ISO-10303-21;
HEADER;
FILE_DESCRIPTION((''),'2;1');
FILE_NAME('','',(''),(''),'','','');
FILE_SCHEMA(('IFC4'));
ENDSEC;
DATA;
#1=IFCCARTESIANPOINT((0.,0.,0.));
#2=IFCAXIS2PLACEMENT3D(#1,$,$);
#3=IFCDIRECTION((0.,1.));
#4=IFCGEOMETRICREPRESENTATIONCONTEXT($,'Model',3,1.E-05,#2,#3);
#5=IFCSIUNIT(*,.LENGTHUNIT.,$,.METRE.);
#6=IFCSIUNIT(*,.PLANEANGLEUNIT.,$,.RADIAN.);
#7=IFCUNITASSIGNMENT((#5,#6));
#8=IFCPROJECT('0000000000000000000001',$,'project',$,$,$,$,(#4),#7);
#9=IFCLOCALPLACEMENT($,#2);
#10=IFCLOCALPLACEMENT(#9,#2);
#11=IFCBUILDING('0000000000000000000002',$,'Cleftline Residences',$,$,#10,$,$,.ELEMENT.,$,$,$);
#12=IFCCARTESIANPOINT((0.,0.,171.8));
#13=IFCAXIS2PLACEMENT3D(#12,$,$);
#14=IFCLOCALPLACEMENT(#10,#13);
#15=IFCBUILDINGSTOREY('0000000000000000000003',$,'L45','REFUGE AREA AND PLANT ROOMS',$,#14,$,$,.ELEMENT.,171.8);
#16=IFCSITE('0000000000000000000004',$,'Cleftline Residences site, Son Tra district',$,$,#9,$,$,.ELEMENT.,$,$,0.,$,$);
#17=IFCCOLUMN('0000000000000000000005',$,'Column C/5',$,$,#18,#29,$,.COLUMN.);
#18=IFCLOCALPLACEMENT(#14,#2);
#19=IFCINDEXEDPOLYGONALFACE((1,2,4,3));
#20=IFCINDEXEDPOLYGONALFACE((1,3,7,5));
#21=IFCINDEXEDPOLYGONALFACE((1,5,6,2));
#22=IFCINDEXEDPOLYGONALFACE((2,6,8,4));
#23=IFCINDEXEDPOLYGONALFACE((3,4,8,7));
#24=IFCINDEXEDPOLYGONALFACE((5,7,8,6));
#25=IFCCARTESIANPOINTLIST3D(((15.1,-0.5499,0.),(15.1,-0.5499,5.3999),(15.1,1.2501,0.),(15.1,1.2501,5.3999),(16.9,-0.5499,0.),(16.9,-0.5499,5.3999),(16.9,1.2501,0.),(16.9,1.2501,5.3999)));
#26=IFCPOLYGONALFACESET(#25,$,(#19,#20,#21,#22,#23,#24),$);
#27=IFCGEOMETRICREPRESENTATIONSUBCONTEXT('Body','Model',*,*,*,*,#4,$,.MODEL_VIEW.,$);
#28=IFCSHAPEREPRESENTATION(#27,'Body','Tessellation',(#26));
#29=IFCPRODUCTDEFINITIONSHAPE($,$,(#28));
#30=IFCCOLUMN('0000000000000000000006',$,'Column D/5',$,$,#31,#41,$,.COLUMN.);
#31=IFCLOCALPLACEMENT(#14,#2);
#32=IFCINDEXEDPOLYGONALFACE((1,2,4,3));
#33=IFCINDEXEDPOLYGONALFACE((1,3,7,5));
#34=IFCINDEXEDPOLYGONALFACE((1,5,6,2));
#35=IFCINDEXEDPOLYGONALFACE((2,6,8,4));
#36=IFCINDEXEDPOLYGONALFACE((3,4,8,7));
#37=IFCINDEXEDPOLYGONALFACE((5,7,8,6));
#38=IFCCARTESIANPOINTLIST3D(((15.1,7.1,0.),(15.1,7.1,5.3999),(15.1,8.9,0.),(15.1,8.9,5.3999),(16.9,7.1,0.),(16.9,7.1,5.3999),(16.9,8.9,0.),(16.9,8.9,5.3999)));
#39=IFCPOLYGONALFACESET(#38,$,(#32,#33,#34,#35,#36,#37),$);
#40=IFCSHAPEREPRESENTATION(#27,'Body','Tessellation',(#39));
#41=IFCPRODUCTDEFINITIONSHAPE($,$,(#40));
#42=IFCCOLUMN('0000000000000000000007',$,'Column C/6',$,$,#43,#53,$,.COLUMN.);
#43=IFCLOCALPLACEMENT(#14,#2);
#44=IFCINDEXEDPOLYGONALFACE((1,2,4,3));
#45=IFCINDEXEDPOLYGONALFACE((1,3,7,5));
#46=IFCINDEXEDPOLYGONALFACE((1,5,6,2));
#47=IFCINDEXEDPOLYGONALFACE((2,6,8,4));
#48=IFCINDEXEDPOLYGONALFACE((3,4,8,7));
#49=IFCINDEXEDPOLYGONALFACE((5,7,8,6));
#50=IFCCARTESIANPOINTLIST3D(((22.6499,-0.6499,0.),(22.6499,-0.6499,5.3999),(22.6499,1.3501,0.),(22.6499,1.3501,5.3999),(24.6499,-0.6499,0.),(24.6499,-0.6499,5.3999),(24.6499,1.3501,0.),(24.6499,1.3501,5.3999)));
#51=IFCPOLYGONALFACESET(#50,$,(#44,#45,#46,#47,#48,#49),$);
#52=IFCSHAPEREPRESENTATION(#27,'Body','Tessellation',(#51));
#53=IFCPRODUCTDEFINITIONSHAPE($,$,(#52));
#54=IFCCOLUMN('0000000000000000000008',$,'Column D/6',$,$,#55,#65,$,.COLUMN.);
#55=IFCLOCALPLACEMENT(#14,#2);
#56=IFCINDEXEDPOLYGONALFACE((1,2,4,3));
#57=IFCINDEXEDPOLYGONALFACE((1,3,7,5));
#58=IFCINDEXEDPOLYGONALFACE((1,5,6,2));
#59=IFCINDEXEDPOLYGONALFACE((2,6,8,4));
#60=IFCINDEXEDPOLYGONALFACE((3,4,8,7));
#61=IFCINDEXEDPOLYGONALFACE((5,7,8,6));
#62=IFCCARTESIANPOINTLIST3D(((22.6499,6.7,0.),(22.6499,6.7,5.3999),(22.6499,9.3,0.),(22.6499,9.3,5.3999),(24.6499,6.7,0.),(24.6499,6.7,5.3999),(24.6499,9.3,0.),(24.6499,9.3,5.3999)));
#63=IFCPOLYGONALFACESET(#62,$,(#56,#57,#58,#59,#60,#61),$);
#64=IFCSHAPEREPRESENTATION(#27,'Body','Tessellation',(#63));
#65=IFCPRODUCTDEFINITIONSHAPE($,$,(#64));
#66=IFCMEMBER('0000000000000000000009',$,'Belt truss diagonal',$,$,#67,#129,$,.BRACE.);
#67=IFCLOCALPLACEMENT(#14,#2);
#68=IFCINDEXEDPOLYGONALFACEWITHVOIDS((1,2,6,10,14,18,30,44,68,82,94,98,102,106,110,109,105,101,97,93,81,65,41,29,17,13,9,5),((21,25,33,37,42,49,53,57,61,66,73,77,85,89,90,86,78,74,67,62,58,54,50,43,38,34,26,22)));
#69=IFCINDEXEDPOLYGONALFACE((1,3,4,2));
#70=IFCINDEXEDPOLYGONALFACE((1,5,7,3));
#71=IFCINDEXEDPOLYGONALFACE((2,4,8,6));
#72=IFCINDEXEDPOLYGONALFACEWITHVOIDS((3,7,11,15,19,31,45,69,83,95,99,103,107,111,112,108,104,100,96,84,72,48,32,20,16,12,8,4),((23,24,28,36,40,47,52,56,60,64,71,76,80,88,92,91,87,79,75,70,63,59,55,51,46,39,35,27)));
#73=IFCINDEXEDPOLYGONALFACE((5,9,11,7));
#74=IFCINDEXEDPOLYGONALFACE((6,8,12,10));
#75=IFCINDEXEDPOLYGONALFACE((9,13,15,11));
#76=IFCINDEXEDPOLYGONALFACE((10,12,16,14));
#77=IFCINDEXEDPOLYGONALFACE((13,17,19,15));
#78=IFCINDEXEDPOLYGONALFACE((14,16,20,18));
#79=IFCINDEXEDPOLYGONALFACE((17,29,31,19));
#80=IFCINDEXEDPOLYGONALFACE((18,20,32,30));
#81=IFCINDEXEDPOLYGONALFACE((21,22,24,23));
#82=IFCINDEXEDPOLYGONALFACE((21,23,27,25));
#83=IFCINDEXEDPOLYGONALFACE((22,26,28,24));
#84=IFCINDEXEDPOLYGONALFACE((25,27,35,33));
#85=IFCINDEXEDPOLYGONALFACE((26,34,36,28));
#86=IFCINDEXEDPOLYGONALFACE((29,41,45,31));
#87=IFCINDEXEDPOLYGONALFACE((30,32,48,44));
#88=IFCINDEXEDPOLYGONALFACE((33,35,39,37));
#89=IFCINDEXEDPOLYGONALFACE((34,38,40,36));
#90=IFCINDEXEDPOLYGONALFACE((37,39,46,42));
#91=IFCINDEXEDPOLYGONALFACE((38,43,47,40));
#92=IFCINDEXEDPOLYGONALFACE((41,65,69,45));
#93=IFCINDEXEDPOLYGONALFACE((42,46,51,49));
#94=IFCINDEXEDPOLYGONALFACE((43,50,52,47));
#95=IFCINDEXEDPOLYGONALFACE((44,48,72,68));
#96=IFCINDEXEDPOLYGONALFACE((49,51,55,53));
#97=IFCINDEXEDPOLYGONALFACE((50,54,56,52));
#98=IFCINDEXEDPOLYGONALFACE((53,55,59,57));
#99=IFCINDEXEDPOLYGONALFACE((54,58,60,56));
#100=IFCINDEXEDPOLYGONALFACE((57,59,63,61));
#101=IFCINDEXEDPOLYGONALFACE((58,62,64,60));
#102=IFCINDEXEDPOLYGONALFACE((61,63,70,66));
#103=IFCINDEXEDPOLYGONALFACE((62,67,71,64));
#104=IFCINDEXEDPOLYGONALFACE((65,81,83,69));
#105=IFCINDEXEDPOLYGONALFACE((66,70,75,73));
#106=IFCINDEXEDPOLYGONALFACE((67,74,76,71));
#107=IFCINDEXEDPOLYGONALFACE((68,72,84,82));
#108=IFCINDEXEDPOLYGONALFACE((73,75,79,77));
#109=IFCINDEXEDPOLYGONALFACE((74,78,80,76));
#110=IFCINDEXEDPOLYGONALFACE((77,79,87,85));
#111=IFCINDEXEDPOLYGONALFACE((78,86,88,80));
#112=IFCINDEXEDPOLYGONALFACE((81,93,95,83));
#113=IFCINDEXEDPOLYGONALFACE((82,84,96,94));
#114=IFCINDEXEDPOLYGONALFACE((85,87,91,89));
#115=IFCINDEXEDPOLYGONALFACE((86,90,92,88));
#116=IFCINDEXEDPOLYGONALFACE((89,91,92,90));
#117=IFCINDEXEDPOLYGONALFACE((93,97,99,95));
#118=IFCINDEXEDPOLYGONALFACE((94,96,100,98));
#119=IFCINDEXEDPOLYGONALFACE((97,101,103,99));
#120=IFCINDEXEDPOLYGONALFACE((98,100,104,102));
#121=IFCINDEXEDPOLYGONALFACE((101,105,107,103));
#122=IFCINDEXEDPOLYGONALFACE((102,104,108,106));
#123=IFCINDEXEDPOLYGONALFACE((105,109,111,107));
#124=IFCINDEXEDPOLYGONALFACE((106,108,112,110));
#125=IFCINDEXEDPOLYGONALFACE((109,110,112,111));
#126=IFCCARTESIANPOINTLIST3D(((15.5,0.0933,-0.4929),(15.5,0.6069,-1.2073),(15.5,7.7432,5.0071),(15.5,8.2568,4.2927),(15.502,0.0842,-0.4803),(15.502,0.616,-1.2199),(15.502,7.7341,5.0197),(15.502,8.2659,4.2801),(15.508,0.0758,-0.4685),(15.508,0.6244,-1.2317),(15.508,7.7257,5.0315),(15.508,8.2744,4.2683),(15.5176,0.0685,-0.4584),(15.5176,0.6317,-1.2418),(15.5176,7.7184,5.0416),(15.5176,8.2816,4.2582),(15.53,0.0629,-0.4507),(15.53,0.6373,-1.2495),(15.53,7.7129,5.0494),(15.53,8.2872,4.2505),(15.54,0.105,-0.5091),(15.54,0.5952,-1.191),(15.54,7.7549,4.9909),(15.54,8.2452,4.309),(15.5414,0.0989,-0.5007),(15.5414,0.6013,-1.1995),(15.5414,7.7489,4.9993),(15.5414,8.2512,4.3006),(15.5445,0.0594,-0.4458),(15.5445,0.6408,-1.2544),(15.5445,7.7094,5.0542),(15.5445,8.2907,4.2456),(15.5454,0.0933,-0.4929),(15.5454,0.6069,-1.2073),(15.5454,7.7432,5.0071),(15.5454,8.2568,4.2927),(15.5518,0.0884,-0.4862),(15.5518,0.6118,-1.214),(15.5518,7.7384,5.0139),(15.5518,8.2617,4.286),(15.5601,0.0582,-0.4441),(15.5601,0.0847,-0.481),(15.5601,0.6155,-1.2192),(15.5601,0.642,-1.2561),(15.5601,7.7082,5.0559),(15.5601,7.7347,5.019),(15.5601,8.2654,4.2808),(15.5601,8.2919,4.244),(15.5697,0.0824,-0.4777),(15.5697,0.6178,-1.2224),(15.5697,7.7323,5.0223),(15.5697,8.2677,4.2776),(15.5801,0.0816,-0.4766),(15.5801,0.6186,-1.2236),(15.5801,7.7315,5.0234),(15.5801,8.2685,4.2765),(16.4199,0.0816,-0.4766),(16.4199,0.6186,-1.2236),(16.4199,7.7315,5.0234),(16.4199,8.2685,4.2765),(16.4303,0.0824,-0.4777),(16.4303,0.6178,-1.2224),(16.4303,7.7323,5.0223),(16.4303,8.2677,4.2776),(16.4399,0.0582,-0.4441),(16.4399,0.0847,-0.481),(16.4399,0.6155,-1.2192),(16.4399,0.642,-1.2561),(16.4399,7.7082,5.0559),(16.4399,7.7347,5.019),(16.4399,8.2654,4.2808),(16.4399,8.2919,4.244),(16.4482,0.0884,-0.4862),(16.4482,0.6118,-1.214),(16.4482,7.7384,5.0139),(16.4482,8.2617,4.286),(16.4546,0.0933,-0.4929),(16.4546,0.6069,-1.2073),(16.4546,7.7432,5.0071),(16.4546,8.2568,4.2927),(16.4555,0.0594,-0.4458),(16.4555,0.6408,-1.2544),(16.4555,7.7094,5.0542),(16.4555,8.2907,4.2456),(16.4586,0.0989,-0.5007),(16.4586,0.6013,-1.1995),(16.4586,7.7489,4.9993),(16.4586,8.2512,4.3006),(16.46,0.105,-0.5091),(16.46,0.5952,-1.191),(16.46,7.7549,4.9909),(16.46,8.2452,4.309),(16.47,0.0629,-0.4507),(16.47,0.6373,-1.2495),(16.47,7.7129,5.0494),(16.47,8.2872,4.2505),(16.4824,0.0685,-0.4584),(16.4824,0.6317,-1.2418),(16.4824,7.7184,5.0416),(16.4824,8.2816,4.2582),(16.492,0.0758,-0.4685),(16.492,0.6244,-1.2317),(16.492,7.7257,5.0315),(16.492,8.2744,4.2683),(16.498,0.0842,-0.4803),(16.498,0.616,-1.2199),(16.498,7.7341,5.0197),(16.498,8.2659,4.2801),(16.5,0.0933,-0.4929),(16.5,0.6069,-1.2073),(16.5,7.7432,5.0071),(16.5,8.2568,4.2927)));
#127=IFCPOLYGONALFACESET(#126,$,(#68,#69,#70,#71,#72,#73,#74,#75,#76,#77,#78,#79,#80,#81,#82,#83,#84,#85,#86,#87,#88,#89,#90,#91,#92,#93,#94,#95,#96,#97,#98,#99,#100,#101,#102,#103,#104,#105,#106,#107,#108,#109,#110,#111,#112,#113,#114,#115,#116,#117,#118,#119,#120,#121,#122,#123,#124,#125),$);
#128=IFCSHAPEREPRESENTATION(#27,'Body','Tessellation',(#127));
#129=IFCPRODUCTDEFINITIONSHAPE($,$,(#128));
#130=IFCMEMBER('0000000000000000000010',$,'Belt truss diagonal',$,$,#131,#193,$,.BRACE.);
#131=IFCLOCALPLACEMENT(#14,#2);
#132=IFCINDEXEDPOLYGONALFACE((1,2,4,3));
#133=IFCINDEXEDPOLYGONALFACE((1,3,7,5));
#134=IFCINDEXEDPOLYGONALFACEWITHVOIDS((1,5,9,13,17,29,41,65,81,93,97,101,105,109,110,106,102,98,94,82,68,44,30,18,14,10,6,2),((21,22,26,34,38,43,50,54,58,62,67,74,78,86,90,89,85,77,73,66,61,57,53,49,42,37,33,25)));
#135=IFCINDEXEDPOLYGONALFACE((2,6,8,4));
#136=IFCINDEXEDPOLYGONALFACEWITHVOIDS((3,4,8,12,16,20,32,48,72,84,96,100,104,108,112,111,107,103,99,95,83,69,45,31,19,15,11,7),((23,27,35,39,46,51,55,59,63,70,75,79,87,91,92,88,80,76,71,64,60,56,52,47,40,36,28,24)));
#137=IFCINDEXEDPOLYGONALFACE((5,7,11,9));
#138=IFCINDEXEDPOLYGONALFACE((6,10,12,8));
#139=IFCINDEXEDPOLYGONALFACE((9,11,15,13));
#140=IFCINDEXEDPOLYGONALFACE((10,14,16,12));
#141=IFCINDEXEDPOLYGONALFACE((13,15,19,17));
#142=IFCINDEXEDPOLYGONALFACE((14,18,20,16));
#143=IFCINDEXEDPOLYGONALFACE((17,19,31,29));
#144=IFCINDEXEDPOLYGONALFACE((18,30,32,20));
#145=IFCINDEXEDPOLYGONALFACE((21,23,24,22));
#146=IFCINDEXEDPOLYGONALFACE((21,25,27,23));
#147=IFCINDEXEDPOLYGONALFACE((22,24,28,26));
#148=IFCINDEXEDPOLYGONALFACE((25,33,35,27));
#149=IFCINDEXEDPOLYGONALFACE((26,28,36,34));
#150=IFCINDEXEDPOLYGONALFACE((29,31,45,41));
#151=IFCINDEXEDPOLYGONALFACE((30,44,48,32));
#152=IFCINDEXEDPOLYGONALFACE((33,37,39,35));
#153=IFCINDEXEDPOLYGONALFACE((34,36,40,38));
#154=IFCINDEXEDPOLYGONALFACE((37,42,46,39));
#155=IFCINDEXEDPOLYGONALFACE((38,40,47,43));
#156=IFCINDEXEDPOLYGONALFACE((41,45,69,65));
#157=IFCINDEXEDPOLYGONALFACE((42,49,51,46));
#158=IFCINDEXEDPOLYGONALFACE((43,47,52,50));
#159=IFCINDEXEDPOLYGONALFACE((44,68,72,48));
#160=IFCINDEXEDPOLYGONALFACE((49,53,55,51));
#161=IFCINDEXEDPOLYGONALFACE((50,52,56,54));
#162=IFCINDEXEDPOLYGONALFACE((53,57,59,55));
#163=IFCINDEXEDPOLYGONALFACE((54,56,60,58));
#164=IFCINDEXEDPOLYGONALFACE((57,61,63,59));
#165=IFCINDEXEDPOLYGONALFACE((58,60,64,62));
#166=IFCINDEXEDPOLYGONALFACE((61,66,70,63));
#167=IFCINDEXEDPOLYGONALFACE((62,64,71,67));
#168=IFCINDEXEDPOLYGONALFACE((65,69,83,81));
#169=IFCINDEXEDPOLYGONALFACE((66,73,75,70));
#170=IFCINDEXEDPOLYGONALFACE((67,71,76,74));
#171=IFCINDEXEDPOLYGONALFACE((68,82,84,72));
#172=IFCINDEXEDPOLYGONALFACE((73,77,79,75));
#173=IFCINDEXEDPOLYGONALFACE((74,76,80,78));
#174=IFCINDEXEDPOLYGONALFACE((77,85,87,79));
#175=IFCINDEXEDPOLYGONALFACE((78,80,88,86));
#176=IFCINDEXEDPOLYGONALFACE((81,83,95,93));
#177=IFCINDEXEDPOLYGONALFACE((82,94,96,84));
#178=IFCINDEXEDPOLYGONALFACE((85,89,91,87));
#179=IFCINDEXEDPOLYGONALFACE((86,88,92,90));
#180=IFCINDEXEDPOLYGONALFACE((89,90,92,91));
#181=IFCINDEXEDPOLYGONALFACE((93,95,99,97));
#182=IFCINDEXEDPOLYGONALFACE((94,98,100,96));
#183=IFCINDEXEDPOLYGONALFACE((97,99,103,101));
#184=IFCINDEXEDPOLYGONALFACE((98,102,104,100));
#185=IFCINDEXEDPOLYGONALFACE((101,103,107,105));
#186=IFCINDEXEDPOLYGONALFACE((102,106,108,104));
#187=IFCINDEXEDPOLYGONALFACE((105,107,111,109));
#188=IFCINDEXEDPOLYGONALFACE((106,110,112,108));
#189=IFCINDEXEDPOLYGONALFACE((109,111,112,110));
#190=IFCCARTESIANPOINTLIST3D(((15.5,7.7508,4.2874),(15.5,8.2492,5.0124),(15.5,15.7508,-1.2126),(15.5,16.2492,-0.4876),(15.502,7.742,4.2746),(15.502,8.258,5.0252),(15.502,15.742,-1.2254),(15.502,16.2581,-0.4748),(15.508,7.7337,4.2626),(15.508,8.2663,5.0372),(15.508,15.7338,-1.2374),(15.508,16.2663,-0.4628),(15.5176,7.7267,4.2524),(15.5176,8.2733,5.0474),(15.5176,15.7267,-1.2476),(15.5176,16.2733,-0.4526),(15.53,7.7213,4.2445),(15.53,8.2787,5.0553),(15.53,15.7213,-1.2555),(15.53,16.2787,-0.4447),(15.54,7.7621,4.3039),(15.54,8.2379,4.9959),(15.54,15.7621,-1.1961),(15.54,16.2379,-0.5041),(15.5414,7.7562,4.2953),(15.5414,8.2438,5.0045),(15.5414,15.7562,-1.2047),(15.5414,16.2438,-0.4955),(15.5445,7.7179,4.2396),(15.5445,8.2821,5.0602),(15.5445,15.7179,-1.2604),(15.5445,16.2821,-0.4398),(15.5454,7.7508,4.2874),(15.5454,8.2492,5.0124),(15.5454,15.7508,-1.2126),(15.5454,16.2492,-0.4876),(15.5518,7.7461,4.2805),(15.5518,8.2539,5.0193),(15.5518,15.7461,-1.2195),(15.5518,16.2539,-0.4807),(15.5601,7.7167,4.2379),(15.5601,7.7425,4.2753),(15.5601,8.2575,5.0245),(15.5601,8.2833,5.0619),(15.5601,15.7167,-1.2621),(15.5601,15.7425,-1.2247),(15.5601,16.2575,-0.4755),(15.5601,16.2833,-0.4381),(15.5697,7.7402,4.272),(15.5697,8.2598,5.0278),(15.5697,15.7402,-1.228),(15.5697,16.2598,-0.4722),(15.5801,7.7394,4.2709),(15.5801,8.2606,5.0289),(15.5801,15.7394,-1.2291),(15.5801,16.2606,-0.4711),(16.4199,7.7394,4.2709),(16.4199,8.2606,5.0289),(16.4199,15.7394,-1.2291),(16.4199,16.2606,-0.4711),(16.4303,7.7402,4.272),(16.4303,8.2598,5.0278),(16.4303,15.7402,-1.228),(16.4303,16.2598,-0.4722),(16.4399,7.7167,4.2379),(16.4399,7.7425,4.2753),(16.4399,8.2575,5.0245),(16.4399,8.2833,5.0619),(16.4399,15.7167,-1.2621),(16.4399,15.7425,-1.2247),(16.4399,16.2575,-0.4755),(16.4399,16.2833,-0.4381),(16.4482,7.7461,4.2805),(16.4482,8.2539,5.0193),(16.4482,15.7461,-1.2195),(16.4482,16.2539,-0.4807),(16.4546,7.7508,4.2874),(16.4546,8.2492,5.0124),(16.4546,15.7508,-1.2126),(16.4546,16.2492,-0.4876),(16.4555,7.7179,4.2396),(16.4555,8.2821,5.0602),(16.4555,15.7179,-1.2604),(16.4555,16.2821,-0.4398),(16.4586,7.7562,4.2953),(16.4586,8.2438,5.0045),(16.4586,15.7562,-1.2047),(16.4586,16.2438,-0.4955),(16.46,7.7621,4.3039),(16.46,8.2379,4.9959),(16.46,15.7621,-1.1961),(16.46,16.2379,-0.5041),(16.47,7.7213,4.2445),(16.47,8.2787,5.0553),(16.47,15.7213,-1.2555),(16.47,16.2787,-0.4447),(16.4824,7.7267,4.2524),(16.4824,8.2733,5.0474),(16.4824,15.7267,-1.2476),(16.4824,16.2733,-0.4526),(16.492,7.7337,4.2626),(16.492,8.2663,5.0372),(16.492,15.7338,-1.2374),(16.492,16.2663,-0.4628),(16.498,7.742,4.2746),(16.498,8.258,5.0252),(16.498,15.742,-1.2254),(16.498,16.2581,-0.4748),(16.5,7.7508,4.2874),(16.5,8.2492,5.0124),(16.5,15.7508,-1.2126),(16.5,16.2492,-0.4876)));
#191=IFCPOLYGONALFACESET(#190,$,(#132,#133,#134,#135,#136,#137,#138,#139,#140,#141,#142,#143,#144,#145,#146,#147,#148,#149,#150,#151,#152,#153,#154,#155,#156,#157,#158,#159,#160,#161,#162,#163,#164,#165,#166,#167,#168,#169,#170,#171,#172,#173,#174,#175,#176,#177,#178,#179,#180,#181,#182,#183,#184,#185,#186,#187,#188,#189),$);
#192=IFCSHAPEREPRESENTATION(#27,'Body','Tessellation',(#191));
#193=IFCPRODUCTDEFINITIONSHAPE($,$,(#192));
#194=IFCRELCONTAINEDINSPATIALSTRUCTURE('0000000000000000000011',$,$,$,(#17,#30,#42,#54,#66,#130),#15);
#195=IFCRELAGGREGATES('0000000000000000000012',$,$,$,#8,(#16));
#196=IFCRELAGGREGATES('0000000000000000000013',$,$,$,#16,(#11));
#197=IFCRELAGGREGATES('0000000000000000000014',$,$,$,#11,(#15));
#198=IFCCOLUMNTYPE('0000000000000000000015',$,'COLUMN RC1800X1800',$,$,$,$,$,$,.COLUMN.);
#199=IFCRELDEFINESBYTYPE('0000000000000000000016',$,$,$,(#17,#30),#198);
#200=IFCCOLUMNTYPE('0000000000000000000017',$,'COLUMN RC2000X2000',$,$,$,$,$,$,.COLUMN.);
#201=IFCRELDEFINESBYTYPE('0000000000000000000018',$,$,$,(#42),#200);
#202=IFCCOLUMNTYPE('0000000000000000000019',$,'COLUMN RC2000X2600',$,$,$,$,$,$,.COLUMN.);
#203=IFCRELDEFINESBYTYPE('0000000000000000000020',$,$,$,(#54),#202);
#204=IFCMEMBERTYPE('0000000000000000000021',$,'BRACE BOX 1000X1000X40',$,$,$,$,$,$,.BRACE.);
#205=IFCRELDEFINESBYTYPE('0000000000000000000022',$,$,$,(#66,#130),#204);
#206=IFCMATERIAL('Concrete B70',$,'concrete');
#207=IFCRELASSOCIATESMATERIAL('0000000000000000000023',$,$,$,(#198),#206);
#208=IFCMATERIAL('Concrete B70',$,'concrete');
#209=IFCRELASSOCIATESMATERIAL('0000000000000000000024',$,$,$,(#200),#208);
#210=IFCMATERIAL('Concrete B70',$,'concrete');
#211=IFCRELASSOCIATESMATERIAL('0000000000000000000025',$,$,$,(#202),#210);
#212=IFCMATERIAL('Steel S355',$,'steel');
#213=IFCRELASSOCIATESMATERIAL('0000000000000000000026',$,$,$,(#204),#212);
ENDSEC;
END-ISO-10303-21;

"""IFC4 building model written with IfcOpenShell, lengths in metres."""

from ifc_helpers import new_model, si_unit, direction, frame, origin, origin_2d, place, context, subcontext, project, spatial, rectangle, hollow_rectangle, extrude, material, material_profile, profile_set, type_object, element, save


model = new_model("IFC4")

# Units and contexts
model_context = context("Model", 3, precision=1e-05, world=origin(), true_north=direction((0.0, 1.0)))
body_context = subcontext(model_context, "Body", "Model", "MODEL_VIEW")
ifc_project = project(units=[si_unit("LENGTHUNIT", "METRE"), si_unit("PLANEANGLEUNIT", "RADIAN")], contexts=[model_context])

# Site, building, storey
site_placement = place(None, origin())
site = spatial("IfcSite", under=ifc_project, at=site_placement, Name="Cleftline Residences site, Son Tra district", CompositionType="ELEMENT", RefElevation=0.0)
building_placement = place(site_placement, origin())
building = spatial("IfcBuilding", under=site, at=building_placement, Name="Cleftline Residences", CompositionType="ELEMENT")
storey_placement = place(building_placement, frame((0.0, 0.0, 171.8)))
storey = spatial("IfcBuildingStorey", under=building, at=storey_placement, Name="L45", Description="REFUGE AREA AND PLANT ROOMS", CompositionType="ELEMENT", Elevation=171.8)

# Columns
ifc_material_1 = material(Name="Concrete B70", Category="concrete")
ifc_material_profile_1 = material_profile(ifc_material_1, rectangle(XDim=1.8, YDim=1.8, at=origin_2d()))
ifc_profile_set_1 = profile_set([ifc_material_profile_1], Name="Concrete B70")
column_type_1 = type_object("IfcColumnType", Name="COLUMN RC1800X1800", PredefinedType="COLUMN", material=ifc_profile_set_1)
for number, where, z_axis, x_axis, name in (
    (1, (16.0, 0.3501, 0.0), (0.0, 0.0, 1.0), (1.0, 0.0, 0.0), "Column C/5"),
    (2, (16.0, 8.0, 0.0), (0.0, 0.0, 1.0), (1.0, 0.0, 0.0), "Column D/5"),
):
    element("IfcColumn", number, at=place(storey_placement, frame(where, z_axis=z_axis, x_axis=x_axis)), inside=storey, type_object=column_type_1, Name=name, PredefinedType="COLUMN", context=body_context, shape_type="SweptSolid", body=[
        extrude(rectangle(XDim=1.8, YDim=1.8, at=origin_2d()), origin(), (0.0, 0.0, 1.0), 5.3999),
    ])
ifc_material_2 = material(Name="Concrete B70", Category="concrete")
ifc_material_profile_2 = material_profile(ifc_material_2, rectangle(XDim=2.0, YDim=2.0, at=origin_2d()))
ifc_profile_set_2 = profile_set([ifc_material_profile_2], Name="Concrete B70")
column_type_2 = type_object("IfcColumnType", Name="COLUMN RC2000X2000", PredefinedType="COLUMN", material=ifc_profile_set_2)
column_1_placement = place(storey_placement, frame((23.6499, 0.3501, 0.0), z_axis=(0.0, 0.0, 1.0), x_axis=(1.0, 0.0, 0.0)))
element("IfcColumn", 3, at=column_1_placement, inside=storey, type_object=column_type_2, Name="Column C/6", PredefinedType="COLUMN", context=body_context, shape_type="SweptSolid", body=[
    extrude(rectangle(XDim=2.0, YDim=2.0, at=origin_2d()), origin(), (0.0, 0.0, 1.0), 5.3999),
])
ifc_material_3 = material(Name="Concrete B70", Category="concrete")
ifc_material_profile_3 = material_profile(ifc_material_3, rectangle(XDim=2.0, YDim=2.6001, at=origin_2d()))
ifc_profile_set_3 = profile_set([ifc_material_profile_3], Name="Concrete B70")
column_type_3 = type_object("IfcColumnType", Name="COLUMN RC2000X2600", PredefinedType="COLUMN", material=ifc_profile_set_3)
column_2_placement = place(storey_placement, frame((23.6499, 8.0, 0.0), z_axis=(0.0, 0.0, 1.0), x_axis=(1.0, 0.0, 0.0)))
element("IfcColumn", 4, at=column_2_placement, inside=storey, type_object=column_type_3, Name="Column D/6", PredefinedType="COLUMN", context=body_context, shape_type="SweptSolid", body=[
    extrude(rectangle(XDim=2.0, YDim=2.6001, at=origin_2d()), origin(), (0.0, 0.0, 1.0), 5.3999),
])

# Members
ifc_material_4 = material(Name="Steel S355", Category="steel")
ifc_material_profile_4 = material_profile(ifc_material_4, hollow_rectangle(XDim=1.0, YDim=1.0, WallThickness=0.04, InnerFilletRadius=0.04, OuterFilletRadius=0.0601, at=origin_2d()))
ifc_profile_set_4 = profile_set([ifc_material_profile_4], Name="Steel S355")
member_type_1 = type_object("IfcMemberType", Name="BRACE BOX 1000X1000X40", PredefinedType="BRACE", material=ifc_profile_set_4)
member_1_placement = place(storey_placement, frame((16.0, 0.3501, -0.8501), z_axis=(0.0, 0.811933, 0.58375), x_axis=(0.0, -0.58375, 0.811933)))
element("IfcMember", 5, at=member_1_placement, inside=storey, type_object=member_type_1, Name="Belt truss diagonal", PredefinedType="BRACE", context=body_context, shape_type="SweptSolid", body=[
    extrude(hollow_rectangle(XDim=1.0, YDim=1.0, WallThickness=0.04, InnerFilletRadius=0.04, OuterFilletRadius=0.0601, at=origin_2d()), origin(), (0.0, 0.0, 1.0), 9.4219),
])
member_2_placement = place(storey_placement, frame((16.0, 8.0, 4.6499), z_axis=(0.0, 0.824042, -0.566529), x_axis=(0.0, 0.566529, 0.824042)))
element("IfcMember", 6, at=member_2_placement, inside=storey, type_object=member_type_1, Name="Belt truss diagonal", PredefinedType="BRACE", context=body_context, shape_type="SweptSolid", body=[
    extrude(hollow_rectangle(XDim=1.0, YDim=1.0, WallThickness=0.04, InnerFilletRadius=0.04, OuterFilletRadius=0.0601, at=origin_2d()), origin(), (0.0, 0.0, 1.0), 9.7083),
])

save(model, "model.ifc")
